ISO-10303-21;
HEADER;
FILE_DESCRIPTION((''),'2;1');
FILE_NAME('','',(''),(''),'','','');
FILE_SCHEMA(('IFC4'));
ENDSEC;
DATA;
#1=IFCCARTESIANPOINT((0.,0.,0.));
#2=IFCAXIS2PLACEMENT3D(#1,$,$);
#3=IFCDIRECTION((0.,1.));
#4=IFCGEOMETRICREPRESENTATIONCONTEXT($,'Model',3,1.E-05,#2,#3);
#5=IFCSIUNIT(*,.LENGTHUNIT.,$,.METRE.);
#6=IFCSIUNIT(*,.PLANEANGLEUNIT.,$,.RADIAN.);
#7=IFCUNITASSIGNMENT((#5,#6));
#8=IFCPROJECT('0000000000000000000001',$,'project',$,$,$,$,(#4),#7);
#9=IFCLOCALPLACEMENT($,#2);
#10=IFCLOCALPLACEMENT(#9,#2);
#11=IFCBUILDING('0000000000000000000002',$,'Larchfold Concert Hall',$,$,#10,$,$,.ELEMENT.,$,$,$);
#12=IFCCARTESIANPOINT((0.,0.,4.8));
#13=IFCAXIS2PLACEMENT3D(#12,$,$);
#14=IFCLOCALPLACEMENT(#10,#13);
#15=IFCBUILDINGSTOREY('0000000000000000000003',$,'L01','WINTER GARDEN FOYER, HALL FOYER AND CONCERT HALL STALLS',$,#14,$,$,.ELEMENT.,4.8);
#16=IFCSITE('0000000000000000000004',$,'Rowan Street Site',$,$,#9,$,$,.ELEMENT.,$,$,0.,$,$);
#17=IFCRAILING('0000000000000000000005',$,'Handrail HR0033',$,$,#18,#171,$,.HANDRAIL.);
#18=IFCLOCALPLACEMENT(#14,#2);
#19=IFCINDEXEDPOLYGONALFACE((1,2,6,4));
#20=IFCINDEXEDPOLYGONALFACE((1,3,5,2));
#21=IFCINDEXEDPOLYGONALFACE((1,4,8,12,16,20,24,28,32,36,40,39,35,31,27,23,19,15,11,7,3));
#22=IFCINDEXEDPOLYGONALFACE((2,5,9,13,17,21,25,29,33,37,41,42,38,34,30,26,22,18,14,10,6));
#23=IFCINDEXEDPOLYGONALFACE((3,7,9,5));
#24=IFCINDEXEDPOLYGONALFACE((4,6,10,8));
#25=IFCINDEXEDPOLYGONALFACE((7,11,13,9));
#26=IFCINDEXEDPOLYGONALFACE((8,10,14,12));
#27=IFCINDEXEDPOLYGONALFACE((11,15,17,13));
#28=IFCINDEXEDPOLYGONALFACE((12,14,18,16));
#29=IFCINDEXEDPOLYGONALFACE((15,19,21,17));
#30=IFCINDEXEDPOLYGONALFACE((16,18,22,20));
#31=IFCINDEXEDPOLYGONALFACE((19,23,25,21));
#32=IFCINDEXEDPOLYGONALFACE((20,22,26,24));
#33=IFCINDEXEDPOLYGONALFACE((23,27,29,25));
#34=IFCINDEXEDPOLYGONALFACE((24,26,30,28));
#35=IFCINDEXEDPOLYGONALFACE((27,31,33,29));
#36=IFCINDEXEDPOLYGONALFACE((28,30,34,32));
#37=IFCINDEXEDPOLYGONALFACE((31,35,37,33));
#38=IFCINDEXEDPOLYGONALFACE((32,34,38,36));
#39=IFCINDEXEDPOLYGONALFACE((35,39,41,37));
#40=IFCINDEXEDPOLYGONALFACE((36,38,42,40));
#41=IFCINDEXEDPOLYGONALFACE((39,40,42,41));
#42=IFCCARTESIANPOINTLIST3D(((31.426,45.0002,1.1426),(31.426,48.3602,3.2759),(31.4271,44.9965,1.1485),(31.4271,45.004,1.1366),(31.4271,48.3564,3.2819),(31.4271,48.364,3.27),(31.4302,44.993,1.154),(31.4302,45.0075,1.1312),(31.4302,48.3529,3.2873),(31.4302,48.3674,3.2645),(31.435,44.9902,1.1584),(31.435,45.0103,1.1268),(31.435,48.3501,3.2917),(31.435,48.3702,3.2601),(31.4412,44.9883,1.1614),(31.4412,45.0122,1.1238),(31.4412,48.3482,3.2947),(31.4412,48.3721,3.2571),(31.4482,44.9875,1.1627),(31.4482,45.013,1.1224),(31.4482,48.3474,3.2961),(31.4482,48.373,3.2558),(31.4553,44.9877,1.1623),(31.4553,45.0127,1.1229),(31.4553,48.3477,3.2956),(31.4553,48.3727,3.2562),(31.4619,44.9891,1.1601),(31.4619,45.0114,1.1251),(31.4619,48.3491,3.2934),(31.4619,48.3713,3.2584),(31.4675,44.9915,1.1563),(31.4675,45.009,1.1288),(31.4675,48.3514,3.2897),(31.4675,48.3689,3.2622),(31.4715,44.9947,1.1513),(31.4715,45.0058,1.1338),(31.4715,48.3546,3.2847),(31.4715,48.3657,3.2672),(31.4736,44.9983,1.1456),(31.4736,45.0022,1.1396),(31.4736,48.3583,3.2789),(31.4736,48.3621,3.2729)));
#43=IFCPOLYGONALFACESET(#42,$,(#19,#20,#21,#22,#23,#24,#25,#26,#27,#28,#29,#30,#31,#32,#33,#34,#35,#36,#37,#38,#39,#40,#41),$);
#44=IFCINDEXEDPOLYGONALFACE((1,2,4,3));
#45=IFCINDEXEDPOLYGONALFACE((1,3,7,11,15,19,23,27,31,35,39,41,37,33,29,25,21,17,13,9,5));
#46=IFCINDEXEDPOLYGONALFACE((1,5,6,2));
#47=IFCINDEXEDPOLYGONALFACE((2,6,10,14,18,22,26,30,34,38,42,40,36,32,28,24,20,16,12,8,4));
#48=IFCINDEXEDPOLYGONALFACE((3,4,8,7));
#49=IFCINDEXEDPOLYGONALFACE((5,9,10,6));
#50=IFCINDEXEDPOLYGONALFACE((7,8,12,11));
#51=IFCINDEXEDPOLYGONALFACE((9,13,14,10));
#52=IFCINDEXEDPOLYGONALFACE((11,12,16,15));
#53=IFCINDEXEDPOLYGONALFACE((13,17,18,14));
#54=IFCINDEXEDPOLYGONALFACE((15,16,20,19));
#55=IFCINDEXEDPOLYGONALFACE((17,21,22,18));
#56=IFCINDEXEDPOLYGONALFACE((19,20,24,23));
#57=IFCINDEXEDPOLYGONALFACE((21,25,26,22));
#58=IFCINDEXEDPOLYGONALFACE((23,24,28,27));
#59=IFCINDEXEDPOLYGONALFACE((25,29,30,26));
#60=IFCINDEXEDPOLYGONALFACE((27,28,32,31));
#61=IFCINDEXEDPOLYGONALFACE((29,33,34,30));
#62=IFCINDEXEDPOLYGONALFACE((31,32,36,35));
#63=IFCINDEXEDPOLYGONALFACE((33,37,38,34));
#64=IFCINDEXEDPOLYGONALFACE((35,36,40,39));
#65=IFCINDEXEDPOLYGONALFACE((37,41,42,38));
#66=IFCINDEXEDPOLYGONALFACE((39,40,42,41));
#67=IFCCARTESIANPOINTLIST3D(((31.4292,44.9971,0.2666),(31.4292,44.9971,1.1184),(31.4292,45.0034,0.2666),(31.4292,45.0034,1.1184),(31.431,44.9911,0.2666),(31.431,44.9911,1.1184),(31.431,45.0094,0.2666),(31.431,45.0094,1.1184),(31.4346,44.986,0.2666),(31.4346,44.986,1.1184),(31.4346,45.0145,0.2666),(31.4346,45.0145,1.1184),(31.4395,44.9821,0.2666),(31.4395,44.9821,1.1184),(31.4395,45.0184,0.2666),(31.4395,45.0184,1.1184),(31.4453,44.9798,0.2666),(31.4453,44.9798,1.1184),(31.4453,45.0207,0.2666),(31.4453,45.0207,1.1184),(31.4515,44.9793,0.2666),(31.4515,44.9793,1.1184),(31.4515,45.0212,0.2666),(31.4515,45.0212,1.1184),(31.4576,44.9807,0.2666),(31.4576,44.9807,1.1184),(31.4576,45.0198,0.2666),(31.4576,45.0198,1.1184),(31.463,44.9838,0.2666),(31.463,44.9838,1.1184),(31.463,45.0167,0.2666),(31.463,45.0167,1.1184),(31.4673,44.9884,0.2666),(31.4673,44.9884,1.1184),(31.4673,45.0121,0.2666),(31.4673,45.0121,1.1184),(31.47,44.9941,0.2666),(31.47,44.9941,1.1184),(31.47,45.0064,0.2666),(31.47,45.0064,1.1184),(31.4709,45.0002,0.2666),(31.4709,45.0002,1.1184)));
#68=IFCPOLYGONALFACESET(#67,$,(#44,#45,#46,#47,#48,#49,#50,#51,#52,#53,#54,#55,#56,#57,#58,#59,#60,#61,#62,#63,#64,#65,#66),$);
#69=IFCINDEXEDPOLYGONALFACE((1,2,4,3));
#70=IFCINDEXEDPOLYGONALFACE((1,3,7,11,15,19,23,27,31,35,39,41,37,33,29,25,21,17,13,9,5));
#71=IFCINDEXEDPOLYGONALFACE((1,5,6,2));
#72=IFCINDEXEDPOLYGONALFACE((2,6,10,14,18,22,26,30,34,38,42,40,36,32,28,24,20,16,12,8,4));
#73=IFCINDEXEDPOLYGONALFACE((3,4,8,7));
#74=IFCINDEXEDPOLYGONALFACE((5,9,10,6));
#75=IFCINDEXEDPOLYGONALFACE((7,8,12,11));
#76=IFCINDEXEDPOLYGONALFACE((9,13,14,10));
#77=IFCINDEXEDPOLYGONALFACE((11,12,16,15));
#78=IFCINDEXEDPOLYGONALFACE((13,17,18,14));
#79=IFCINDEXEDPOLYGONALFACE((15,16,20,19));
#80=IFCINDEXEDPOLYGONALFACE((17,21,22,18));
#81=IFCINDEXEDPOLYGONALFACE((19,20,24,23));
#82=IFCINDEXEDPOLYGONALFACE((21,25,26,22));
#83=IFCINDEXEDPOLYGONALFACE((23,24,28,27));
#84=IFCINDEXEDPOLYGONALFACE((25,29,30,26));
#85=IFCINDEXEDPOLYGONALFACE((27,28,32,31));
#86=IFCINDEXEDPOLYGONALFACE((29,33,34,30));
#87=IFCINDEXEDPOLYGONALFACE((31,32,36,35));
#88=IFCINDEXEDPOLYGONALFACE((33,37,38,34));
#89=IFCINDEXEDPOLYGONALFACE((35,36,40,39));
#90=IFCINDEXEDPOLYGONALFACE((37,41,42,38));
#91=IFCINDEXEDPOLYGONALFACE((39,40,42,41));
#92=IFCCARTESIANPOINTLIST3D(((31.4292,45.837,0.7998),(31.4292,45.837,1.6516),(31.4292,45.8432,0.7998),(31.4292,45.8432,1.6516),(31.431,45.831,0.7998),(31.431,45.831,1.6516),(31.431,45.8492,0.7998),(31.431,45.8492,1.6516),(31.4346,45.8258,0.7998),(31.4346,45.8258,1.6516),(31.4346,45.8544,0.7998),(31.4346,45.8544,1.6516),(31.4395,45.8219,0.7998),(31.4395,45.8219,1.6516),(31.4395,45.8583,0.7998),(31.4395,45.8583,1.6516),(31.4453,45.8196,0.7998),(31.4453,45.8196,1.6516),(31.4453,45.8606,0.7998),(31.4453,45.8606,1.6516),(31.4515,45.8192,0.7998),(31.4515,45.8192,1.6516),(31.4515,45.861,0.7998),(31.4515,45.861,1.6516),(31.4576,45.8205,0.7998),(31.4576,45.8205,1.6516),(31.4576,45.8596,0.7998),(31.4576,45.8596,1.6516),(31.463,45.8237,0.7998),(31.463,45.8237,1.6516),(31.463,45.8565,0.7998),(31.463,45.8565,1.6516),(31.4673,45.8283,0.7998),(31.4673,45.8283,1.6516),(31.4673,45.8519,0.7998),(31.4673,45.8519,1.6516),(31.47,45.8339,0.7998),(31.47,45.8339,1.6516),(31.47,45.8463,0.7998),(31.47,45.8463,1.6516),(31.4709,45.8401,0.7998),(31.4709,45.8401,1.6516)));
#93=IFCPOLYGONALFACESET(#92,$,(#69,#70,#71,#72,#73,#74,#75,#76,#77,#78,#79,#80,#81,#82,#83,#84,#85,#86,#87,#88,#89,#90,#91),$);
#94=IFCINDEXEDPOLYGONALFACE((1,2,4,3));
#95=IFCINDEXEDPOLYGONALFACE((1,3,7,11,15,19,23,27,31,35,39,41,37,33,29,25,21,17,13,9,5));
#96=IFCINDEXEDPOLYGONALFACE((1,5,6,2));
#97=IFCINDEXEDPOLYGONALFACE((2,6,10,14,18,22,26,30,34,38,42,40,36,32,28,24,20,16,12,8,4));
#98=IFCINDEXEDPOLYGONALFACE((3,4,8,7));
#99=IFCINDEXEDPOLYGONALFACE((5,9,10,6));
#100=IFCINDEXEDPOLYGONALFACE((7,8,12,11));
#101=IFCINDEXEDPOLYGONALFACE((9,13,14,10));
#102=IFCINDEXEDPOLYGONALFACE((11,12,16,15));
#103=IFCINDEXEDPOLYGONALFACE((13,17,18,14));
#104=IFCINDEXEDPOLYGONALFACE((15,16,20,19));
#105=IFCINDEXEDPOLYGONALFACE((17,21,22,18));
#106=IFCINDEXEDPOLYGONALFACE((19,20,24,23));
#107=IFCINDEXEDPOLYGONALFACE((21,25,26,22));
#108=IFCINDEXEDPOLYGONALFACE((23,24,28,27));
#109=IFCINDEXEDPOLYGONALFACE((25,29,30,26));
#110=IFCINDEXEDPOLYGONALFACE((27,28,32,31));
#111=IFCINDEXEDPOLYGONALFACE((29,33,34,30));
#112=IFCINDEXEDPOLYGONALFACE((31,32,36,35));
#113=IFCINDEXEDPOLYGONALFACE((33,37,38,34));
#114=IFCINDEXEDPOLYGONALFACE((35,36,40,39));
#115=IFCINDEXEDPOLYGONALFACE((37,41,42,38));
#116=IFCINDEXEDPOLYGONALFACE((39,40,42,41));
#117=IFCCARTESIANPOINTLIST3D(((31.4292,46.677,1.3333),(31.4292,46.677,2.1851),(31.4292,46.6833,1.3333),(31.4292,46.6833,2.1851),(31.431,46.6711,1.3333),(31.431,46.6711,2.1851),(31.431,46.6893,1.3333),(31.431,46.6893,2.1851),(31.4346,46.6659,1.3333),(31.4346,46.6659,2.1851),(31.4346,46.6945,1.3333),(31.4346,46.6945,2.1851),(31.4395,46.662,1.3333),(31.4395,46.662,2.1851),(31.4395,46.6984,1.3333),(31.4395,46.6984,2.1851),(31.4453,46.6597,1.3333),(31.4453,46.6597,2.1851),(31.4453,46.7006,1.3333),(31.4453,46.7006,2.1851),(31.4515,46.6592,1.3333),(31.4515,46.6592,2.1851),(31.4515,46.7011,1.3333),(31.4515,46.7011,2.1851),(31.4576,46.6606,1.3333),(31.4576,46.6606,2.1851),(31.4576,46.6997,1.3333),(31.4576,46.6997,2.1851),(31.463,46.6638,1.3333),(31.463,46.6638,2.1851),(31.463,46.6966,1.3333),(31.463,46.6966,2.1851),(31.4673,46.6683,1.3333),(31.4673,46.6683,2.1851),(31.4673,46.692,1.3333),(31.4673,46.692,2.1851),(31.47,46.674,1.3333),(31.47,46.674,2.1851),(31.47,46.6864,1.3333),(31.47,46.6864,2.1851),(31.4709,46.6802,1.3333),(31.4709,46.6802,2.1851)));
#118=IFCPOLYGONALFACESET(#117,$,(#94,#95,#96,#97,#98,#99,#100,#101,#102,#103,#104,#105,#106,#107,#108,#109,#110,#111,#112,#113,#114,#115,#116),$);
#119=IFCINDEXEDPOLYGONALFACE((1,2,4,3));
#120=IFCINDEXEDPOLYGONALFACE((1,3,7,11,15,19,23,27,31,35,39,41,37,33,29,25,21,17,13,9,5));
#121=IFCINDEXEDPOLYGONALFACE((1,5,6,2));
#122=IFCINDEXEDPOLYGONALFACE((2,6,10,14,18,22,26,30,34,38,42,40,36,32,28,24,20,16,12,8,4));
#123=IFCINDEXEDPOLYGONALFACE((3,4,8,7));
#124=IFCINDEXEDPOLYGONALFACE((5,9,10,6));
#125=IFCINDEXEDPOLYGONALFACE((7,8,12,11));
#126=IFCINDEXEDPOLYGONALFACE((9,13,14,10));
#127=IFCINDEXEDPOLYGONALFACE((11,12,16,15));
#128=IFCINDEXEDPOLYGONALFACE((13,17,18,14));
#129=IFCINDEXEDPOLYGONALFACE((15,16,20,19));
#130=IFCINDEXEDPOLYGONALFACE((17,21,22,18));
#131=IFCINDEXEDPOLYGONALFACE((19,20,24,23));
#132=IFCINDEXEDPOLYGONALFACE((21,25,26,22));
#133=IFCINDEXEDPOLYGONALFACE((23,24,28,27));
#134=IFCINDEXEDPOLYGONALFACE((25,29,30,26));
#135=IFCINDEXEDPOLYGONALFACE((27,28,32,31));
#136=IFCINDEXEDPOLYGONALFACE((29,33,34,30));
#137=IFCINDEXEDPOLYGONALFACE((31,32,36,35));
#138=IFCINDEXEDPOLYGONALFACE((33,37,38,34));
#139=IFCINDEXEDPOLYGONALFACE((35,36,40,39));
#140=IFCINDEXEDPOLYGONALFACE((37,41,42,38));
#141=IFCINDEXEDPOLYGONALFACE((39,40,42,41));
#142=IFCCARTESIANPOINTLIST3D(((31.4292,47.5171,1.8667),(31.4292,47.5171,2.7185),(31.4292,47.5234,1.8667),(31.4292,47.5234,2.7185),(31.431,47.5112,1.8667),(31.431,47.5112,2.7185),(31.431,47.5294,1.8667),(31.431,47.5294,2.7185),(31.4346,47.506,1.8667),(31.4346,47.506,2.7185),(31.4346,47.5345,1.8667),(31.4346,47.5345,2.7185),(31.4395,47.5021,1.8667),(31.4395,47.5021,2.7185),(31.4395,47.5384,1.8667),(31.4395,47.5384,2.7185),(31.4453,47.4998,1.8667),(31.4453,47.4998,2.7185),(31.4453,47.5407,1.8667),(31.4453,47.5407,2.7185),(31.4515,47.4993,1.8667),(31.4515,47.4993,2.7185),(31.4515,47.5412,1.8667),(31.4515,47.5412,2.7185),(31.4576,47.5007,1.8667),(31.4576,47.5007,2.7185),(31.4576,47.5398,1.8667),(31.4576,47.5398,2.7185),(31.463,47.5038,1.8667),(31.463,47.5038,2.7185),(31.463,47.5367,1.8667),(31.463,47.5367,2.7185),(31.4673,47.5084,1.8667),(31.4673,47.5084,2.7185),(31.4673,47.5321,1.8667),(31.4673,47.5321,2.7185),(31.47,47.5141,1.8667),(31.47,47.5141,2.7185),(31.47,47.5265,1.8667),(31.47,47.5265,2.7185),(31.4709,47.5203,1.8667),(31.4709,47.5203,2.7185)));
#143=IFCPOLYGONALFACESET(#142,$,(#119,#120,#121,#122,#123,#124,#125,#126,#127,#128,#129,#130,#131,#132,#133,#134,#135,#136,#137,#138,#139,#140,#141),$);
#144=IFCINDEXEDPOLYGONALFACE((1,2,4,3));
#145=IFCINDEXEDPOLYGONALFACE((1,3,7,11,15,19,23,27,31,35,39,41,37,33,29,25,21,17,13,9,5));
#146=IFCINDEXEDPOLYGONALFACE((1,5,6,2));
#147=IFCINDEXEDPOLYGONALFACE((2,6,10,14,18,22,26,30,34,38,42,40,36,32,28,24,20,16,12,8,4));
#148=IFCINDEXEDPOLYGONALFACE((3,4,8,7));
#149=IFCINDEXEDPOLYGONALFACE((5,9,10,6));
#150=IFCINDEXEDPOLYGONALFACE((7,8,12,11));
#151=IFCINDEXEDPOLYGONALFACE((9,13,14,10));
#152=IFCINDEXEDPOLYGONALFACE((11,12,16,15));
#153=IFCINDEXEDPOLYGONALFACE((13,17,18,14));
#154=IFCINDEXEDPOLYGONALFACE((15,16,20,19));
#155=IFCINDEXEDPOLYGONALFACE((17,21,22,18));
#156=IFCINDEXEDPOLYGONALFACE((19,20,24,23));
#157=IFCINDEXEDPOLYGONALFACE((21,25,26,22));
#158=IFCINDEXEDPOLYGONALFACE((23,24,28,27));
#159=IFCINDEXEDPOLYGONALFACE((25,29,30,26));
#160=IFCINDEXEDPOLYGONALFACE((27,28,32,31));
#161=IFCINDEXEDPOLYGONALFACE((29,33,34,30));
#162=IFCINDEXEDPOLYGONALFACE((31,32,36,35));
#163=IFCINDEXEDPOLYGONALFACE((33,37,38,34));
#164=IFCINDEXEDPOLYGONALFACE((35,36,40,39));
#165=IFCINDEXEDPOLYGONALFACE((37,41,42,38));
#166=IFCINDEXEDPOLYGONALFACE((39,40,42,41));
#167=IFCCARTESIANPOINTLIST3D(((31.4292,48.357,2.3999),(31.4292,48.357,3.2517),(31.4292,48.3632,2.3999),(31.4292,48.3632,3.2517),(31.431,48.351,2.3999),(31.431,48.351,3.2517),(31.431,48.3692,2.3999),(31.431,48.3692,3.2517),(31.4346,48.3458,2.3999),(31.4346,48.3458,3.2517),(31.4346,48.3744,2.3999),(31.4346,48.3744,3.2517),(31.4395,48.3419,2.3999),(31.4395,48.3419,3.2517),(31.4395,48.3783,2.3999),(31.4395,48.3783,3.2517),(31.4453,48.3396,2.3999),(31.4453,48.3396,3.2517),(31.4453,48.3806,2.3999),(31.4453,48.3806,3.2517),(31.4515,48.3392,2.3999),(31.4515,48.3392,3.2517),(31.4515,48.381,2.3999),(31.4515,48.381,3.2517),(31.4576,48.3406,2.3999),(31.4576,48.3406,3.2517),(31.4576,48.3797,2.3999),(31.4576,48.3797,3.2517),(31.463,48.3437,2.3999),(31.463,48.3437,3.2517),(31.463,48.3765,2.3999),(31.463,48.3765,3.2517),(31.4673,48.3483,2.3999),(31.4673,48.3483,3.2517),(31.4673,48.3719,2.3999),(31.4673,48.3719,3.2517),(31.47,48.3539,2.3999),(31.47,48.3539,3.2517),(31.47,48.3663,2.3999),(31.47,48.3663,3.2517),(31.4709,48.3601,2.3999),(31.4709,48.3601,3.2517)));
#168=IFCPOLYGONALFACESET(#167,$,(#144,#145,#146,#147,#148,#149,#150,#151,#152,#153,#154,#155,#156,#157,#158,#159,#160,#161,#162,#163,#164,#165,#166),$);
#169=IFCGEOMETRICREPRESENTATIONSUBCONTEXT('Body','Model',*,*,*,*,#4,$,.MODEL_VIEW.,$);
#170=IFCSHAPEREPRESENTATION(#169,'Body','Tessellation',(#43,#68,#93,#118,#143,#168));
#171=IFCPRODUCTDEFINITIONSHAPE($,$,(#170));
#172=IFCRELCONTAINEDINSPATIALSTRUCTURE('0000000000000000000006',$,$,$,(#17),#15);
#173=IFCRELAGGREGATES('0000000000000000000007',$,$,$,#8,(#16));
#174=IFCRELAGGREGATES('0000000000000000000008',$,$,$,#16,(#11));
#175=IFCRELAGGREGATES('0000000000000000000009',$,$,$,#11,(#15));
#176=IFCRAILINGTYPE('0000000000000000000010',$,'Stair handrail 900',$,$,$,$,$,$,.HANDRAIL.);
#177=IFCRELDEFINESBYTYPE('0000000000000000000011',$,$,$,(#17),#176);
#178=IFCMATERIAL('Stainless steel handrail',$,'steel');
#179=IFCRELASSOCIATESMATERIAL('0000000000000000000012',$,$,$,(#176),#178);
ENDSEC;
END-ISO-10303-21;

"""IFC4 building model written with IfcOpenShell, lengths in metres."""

from ifc_helpers import new_model, si_unit, direction, frame, origin, origin_2d, place, context, subcontext, project, spatial, circle, extrude, material, type_object, element, save


model = new_model("IFC4")

# Units and contexts
model_context = context("Model", 3, precision=1e-05, world=origin(), true_north=direction((0.0, 1.0)))
body_context = subcontext(model_context, "Body", "Model", "MODEL_VIEW")
ifc_project = project(units=[si_unit("LENGTHUNIT", "METRE"), si_unit("PLANEANGLEUNIT", "RADIAN")], contexts=[model_context])

# Site, building, storey
site_placement = place(None, origin())
site = spatial("IfcSite", under=ifc_project, at=site_placement, Name="Rowan Street Site", CompositionType="ELEMENT", RefElevation=0.0)
building_placement = place(site_placement, origin())
building = spatial("IfcBuilding", under=site, at=building_placement, Name="Larchfold Concert Hall", CompositionType="ELEMENT")
storey_placement = place(building_placement, frame((0.0, 0.0, 4.8)))
storey = spatial("IfcBuildingStorey", under=building, at=storey_placement, Name="L01", Description="WINTER GARDEN FOYER, HALL FOYER AND CONCERT HALL STALLS", CompositionType="ELEMENT", Elevation=4.8)

# Railing
ifc_material_1 = material(Name="Stainless steel handrail", Category="steel")
railing_type_1 = type_object("IfcRailingType", Name="Stair handrail 900", PredefinedType="HANDRAIL", material=ifc_material_1)
railing_1_placement = place(storey_placement, frame((31.45, 45.0002, 0.2666)))
element("IfcRailing", 1, at=railing_1_placement, inside=storey, type_object=railing_type_1, Name="Handrail HR0033", PredefinedType="HANDRAIL", context=body_context, shape_type="SweptSolid", body=[
    extrude(circle(Radius=0.0239, at=origin_2d()), frame((0.0, 0.0, 0.876), z_axis=(0.0, 0.844207, 0.536018), x_axis=(-1.0, 0.0, 0.0)), (0.0, 0.0, 1.0), 3.98),
    extrude(circle(Radius=0.021, at=origin_2d()), origin(), (0.0, 0.0, 1.0), 0.8518),
    extrude(circle(Radius=0.021, at=origin_2d()), frame((0.0, 0.8398, 0.5332)), (0.0, 0.0, 1.0), 0.8518),
    extrude(circle(Radius=0.021, at=origin_2d()), frame((0.0, 1.6799, 1.0667)), (0.0, 0.0, 1.0), 0.8518),
    extrude(circle(Radius=0.021, at=origin_2d()), frame((0.0, 2.52, 1.6001)), (0.0, 0.0, 1.0), 0.8518),
    extrude(circle(Radius=0.021, at=origin_2d()), frame((0.0, 3.3599, 2.1333)), (0.0, 0.0, 1.0), 0.8518),
])

save(model, "model.ifc")
